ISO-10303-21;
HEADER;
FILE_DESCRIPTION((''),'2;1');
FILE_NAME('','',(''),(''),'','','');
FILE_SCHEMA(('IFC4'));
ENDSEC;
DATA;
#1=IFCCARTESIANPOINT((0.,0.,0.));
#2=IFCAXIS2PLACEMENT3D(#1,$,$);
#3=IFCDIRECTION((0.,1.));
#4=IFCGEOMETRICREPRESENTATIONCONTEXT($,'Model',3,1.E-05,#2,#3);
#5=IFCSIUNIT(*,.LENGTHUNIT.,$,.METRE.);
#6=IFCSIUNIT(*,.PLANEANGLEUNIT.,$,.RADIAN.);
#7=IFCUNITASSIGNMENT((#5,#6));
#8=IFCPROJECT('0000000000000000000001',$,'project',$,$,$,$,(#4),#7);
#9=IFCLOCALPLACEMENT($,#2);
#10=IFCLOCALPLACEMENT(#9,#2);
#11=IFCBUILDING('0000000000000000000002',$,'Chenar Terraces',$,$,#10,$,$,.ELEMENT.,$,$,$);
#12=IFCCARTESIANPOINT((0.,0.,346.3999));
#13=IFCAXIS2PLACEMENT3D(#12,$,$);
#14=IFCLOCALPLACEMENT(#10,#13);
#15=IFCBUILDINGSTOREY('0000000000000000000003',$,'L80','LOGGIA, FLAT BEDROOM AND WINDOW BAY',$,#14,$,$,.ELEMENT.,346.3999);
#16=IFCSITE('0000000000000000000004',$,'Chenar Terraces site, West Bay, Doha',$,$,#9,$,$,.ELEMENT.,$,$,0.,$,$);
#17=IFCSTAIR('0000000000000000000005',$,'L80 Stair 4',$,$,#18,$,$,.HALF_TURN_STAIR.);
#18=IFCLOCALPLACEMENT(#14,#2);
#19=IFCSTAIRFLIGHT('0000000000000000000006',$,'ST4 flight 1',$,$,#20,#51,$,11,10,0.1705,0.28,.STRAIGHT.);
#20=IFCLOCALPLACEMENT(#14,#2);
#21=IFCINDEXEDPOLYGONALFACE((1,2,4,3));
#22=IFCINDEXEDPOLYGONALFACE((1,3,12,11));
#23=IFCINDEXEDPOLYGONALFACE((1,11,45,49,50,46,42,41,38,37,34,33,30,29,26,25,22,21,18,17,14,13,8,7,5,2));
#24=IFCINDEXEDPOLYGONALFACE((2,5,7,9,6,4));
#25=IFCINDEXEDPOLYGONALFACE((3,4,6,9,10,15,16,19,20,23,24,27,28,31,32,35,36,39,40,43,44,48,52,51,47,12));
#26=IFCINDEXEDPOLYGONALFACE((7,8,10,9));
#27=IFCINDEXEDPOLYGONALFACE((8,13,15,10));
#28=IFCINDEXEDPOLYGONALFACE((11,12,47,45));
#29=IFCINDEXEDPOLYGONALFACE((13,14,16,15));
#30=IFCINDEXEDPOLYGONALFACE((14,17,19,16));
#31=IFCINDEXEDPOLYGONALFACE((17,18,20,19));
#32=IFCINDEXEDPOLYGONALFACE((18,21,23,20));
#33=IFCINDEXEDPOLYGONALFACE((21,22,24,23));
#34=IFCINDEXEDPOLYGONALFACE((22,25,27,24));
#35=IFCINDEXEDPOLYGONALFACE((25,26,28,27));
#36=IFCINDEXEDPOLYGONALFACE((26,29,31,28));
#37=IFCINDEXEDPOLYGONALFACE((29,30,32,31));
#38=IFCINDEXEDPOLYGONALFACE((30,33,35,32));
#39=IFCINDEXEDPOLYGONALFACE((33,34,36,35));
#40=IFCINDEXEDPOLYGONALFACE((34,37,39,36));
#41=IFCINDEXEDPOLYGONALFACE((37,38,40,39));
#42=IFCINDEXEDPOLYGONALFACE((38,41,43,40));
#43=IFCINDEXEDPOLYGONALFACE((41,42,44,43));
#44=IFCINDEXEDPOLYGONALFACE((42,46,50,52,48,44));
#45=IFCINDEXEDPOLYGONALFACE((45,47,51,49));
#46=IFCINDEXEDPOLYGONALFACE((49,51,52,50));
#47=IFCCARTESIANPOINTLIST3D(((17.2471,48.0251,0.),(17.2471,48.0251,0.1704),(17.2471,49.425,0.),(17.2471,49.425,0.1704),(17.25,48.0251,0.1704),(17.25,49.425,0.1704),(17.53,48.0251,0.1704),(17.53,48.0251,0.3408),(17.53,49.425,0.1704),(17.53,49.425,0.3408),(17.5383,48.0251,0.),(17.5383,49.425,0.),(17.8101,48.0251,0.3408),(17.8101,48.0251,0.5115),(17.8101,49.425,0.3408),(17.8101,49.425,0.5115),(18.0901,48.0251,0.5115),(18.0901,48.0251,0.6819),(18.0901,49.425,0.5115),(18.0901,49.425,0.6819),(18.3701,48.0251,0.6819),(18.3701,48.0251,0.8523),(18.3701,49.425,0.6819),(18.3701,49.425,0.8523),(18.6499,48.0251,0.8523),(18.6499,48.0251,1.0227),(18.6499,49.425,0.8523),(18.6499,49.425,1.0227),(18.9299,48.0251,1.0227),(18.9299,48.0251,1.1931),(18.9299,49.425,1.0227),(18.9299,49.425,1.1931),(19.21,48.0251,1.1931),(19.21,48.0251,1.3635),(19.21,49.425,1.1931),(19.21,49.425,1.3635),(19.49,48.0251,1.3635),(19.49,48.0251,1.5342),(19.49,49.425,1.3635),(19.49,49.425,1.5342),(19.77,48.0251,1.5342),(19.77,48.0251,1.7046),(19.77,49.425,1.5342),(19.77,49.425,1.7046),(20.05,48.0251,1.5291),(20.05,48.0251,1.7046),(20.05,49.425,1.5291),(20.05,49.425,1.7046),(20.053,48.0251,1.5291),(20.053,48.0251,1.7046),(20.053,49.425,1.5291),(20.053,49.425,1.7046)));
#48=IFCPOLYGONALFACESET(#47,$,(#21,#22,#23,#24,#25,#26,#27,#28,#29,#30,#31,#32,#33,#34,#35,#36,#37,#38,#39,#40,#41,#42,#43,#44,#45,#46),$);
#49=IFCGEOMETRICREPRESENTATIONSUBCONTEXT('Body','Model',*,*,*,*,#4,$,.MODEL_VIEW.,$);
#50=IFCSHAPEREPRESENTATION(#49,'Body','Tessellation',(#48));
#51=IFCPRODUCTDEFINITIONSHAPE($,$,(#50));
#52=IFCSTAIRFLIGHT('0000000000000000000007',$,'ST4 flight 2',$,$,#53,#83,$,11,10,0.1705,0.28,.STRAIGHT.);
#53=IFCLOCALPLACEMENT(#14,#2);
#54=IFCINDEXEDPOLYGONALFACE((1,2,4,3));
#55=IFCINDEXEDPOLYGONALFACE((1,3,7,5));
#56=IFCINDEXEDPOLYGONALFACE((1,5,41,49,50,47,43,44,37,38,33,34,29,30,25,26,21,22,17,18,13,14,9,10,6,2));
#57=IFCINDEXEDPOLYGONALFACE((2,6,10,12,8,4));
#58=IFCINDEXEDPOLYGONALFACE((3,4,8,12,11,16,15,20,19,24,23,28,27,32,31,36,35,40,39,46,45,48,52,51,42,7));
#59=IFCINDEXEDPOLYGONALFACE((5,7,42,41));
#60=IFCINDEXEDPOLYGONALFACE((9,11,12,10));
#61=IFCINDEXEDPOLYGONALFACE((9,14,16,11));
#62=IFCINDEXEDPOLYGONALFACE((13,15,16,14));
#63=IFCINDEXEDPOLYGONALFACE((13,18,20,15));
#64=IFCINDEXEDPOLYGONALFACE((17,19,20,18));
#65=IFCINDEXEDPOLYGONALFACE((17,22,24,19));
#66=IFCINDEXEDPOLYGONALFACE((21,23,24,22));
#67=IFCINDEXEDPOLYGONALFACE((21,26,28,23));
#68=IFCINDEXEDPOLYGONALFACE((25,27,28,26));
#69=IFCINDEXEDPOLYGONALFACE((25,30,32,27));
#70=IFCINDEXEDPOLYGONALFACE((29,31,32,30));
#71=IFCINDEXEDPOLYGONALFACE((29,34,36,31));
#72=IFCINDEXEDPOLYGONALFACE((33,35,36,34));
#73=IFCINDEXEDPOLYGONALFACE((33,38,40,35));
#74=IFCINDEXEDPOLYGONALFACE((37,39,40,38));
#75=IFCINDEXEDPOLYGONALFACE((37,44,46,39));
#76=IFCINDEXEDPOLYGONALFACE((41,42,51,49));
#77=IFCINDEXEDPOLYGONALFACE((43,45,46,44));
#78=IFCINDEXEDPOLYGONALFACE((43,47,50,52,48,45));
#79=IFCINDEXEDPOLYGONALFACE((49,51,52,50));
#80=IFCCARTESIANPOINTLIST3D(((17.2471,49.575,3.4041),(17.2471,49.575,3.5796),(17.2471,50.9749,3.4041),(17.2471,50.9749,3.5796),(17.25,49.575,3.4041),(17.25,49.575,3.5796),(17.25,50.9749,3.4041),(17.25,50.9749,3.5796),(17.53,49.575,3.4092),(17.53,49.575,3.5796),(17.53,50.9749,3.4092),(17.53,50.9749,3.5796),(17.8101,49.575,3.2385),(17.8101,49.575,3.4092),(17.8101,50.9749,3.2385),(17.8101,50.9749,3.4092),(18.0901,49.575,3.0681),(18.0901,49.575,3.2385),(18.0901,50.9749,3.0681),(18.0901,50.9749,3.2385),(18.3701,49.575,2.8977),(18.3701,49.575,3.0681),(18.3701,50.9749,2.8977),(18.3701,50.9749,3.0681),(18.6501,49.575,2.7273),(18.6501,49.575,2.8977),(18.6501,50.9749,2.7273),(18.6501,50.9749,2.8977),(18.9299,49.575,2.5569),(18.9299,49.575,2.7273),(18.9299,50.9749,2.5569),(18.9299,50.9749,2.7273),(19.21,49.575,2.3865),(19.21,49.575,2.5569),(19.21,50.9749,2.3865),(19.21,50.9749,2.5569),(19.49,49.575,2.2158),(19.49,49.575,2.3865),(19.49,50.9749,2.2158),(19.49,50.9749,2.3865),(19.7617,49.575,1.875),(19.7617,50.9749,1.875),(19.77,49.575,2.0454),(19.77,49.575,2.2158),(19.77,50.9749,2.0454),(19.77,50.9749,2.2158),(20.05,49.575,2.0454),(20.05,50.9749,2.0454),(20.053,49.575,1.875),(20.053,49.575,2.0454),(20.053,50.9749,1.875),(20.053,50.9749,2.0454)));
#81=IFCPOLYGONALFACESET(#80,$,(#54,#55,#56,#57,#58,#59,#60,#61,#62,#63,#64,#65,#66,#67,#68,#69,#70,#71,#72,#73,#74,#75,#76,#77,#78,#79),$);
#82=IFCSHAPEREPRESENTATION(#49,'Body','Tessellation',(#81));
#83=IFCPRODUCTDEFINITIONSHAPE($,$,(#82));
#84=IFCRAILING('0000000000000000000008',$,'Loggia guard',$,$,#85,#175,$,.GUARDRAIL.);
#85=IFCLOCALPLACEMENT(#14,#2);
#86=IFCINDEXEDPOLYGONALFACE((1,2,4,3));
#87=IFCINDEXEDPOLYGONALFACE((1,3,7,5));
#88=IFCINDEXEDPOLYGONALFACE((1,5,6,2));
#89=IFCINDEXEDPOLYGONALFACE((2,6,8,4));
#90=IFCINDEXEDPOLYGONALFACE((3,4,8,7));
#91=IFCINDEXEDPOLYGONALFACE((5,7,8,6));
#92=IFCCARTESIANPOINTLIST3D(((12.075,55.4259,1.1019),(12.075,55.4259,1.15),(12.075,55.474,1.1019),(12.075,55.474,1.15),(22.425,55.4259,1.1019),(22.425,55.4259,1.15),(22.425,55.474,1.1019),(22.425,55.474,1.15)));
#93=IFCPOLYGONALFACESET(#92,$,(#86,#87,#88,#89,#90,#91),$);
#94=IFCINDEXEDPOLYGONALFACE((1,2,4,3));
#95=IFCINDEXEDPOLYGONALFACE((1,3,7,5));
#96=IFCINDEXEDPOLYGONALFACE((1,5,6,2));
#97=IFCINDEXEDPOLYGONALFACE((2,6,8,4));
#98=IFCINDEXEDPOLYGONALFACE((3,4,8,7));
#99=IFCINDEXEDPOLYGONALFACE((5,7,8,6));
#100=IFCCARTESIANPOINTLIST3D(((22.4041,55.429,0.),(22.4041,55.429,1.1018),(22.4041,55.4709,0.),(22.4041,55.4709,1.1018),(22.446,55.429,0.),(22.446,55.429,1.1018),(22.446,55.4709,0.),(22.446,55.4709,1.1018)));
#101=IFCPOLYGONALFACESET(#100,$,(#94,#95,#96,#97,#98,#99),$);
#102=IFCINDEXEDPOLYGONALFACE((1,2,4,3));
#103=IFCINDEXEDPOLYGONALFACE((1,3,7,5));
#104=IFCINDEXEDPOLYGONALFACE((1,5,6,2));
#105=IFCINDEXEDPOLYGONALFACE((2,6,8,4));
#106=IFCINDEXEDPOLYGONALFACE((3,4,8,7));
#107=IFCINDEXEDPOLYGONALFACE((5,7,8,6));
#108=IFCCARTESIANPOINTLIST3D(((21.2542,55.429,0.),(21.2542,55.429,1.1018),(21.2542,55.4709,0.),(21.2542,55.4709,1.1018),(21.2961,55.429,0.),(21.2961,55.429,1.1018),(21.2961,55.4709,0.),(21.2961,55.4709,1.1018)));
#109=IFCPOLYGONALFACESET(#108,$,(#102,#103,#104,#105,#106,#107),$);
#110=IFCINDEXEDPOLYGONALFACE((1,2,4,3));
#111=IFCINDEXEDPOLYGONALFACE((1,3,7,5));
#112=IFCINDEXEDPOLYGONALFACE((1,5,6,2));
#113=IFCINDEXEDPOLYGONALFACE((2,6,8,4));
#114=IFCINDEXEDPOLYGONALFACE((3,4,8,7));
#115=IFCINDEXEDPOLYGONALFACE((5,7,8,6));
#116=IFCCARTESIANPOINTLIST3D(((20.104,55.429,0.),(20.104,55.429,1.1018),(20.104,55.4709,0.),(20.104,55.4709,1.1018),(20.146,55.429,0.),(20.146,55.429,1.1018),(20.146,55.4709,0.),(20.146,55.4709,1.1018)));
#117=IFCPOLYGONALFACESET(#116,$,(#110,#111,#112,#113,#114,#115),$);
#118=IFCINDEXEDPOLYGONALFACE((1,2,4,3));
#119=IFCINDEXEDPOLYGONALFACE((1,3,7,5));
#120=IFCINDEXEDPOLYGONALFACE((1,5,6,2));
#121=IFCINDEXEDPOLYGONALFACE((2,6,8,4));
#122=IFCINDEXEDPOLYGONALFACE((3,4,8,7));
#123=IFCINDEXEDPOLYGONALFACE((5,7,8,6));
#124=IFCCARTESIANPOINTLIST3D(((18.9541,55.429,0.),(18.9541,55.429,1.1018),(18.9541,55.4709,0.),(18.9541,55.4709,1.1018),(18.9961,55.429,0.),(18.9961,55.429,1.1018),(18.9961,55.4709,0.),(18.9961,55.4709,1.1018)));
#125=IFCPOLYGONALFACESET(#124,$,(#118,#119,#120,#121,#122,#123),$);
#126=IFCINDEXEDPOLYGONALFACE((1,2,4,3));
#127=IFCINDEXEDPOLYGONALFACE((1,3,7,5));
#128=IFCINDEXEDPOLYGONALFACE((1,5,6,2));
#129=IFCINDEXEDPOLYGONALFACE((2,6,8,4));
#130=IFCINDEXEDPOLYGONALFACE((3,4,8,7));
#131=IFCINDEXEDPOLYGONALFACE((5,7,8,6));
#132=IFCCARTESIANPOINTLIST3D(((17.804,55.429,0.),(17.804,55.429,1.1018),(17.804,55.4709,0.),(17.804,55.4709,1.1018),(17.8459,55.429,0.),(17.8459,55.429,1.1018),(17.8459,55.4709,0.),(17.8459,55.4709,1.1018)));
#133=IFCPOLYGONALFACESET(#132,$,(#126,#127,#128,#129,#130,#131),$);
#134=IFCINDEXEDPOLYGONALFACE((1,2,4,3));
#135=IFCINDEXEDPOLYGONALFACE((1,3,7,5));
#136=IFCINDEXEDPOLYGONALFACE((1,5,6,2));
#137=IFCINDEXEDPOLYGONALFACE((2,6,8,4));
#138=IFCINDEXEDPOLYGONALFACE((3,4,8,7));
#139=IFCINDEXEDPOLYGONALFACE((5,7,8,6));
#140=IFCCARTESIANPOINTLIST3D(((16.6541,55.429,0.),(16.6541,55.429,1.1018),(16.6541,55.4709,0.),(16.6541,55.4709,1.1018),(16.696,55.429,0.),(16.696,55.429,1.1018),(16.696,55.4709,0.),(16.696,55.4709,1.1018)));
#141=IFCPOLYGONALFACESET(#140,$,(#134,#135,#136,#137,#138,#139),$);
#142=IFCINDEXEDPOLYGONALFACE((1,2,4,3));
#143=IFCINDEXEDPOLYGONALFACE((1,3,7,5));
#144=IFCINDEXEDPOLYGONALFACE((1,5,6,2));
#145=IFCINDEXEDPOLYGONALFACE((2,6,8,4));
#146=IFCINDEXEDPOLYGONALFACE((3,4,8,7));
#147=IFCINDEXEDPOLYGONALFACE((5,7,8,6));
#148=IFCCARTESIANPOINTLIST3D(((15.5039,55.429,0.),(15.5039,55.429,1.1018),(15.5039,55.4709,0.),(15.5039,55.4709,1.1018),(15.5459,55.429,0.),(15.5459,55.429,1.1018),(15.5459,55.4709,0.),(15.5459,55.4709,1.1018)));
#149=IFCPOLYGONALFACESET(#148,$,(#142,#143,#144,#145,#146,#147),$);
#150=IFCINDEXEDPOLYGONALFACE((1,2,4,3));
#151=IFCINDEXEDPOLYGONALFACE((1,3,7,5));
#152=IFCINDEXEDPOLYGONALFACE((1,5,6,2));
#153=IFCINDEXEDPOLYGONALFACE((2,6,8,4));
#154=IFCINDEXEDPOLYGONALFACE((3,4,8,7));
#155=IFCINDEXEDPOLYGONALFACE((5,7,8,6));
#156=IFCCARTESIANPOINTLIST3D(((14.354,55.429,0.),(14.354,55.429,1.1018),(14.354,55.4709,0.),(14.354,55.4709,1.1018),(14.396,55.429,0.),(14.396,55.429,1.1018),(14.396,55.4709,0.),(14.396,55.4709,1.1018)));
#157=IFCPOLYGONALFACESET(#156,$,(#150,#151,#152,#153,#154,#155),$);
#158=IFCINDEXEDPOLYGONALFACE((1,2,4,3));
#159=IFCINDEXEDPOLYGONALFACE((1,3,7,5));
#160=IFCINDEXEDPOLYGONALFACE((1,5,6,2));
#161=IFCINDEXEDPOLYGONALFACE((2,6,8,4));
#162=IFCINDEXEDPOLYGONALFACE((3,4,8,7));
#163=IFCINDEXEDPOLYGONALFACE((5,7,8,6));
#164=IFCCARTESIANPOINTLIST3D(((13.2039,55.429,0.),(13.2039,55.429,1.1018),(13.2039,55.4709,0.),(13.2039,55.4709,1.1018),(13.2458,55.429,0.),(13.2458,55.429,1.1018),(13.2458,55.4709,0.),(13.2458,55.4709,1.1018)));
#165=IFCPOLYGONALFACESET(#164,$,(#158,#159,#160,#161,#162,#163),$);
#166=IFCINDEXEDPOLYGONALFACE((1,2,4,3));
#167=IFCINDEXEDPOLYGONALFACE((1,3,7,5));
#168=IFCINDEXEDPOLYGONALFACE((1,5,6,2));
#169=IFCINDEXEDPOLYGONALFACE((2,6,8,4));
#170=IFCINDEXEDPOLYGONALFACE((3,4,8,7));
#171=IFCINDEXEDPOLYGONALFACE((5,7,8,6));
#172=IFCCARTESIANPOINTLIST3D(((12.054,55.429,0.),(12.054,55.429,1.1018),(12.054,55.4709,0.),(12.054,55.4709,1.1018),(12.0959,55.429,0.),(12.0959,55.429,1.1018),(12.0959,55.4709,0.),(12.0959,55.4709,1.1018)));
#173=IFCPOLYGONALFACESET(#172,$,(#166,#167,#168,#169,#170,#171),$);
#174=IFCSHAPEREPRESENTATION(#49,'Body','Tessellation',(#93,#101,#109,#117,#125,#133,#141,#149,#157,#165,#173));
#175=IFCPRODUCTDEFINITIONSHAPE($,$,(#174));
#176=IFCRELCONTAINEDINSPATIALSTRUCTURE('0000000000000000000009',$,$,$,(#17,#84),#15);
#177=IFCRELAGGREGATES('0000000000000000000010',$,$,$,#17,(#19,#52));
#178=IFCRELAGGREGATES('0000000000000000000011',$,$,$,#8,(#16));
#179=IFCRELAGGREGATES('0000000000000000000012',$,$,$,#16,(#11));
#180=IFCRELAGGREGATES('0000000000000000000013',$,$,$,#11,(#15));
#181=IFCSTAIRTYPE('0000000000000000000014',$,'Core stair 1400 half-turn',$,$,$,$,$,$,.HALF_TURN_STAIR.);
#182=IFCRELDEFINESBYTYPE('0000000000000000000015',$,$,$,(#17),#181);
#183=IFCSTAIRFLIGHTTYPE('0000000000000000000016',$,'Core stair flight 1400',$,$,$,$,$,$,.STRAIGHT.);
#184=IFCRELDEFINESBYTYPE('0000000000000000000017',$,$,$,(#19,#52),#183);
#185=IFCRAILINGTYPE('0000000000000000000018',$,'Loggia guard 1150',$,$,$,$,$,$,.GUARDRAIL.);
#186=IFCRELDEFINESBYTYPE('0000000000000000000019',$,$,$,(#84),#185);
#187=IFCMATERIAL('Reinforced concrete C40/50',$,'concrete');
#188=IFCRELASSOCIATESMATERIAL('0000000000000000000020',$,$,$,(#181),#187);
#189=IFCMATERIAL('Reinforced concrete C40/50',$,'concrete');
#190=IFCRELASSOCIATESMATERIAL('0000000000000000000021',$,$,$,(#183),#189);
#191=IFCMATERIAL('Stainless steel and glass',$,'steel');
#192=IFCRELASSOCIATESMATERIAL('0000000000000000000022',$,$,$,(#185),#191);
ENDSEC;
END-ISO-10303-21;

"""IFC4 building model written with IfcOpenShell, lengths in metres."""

from ifc_helpers import new_model, si_unit, direction, frame, origin, origin_2d, place, context, subcontext, project, spatial, polyline, rectangle, outline, extrude, material, type_object, element, aggregate, save


model = new_model("IFC4")

# Units and contexts
model_context = context("Model", 3, precision=1e-05, world=origin(), true_north=direction((0.0, 1.0)))
body_context = subcontext(model_context, "Body", "Model", "MODEL_VIEW")
ifc_project = project(units=[si_unit("LENGTHUNIT", "METRE"), si_unit("PLANEANGLEUNIT", "RADIAN")], contexts=[model_context])

# Site, building, storey
site_placement = place(None, origin())
site = spatial("IfcSite", under=ifc_project, at=site_placement, Name="Chenar Terraces site, West Bay, Doha", CompositionType="ELEMENT", RefElevation=0.0)
building_placement = place(site_placement, origin())
building = spatial("IfcBuilding", under=site, at=building_placement, Name="Chenar Terraces", CompositionType="ELEMENT")
storey_placement = place(building_placement, frame((0.0, 0.0, 346.3999)))
storey = spatial("IfcBuildingStorey", under=building, at=storey_placement, Name="L80", Description="LOGGIA, FLAT BEDROOM AND WINDOW BAY", CompositionType="ELEMENT", Elevation=346.3999)

# Stair, stair flights
ifc_material_1 = material(Name="Reinforced concrete C40/50", Category="concrete")
stair_type = type_object("IfcStairType", Name="Core stair 1400 half-turn", PredefinedType="HALF_TURN_STAIR", material=ifc_material_1)
stair_placement = place(storey_placement, origin())
stair = element("IfcStair", 1, at=stair_placement, inside=storey, type_object=stair_type, Name="L80 Stair 4", PredefinedType="HALF_TURN_STAIR")
ifc_material_2 = material(Name="Reinforced concrete C40/50", Category="concrete")
stair_flight_type = type_object("IfcStairFlightType", Name="Core stair flight 1400", PredefinedType="STRAIGHT", material=ifc_material_2)
stair_flight_1_placement = place(storey_placement, frame((17.25, 48.7251, 0.0), z_axis=(0.0, 0.0, 1.0), x_axis=(1.0, 0.0, 0.0)))
stair_flight_1 = element("IfcStairFlight", 2, at=stair_flight_1_placement, type_object=stair_flight_type, Name="ST4 flight 1", NumberOfRisers=11, NumberOfTreads=10, PredefinedType="STRAIGHT", RiserHeight=0.1705, TreadLength=0.28, context=body_context, shape_type="SweptSolid", body=[
    extrude(outline(polyline([(-0.0029, 0.0), (-0.0029, 0.1704), (0.0, 0.1704), (0.28, 0.1704), (0.28, 0.3408), (0.5601, 0.3408), (0.5601, 0.5115), (0.8401, 0.5115), (0.8401, 0.6819), (1.1201, 0.6819), (1.1201, 0.8523), (1.3999, 0.8523), (1.3999, 1.0227), (1.6799, 1.0227), (1.6799, 1.1931), (1.96, 1.1931), (1.96, 1.3635), (2.24, 1.3635), (2.24, 1.5342), (2.52, 1.5342), (2.52, 1.7046), (2.8, 1.7046), (2.803, 1.7046), (2.803, 1.5291), (2.8, 1.5291), (0.2883, 0.0), (-0.0029, 0.0)])), frame((0.0, 0.7, 0.0), z_axis=(0.0, -1.0, 0.0), x_axis=(1.0, 0.0, 0.0)), (0.0, 0.0, 1.0), 1.3999),
])
stair_flight_2_placement = place(storey_placement, frame((20.05, 50.2749, 1.875), z_axis=(0.0, 0.0, 1.0), x_axis=(-1.0, 0.0, 0.0)))
stair_flight_2 = element("IfcStairFlight", 3, at=stair_flight_2_placement, type_object=stair_flight_type, Name="ST4 flight 2", NumberOfRisers=11, NumberOfTreads=10, PredefinedType="STRAIGHT", RiserHeight=0.1705, TreadLength=0.28, context=body_context, shape_type="SweptSolid", body=[
    extrude(outline(polyline([(-0.0029, 0.0), (-0.0029, 0.1704), (0.0, 0.1704), (0.28, 0.1704), (0.28, 0.3408), (0.5601, 0.3408), (0.5601, 0.5115), (0.8401, 0.5115), (0.8401, 0.6819), (1.1201, 0.6819), (1.1201, 0.8523), (1.3999, 0.8523), (1.3999, 1.0227), (1.6799, 1.0227), (1.6799, 1.1931), (1.96, 1.1931), (1.96, 1.3635), (2.24, 1.3635), (2.24, 1.5342), (2.52, 1.5342), (2.52, 1.7046), (2.8, 1.7046), (2.803, 1.7046), (2.803, 1.5291), (2.8, 1.5291), (0.2883, 0.0), (-0.0029, 0.0)])), frame((0.0, 0.7, 0.0), z_axis=(0.0, -1.0, 0.0), x_axis=(1.0, 0.0, 0.0)), (0.0, 0.0, 1.0), 1.3999),
])
aggregate(stair, [stair_flight_1, stair_flight_2])

# Railing
ifc_material_3 = material(Name="Stainless steel and glass", Category="steel")
railing_type_1 = type_object("IfcRailingType", Name="Loggia guard 1150", PredefinedType="GUARDRAIL", material=ifc_material_3)
railing_1_placement = place(storey_placement, frame((22.425, 55.45, 0.0)))
element("IfcRailing", 4, at=railing_1_placement, inside=storey, type_object=railing_type_1, Name="Loggia guard", PredefinedType="GUARDRAIL", context=body_context, shape_type="SweptSolid", body=[
    extrude(rectangle(XDim=0.0481, YDim=0.0481, at=origin_2d()), frame((0.0, 0.0, 1.126), z_axis=(-1.0, 0.0, 0.0), x_axis=(0.0, -1.0, 0.0)), (0.0, 0.0, 1.0), 10.3501),
    extrude(rectangle(XDim=0.042, YDim=0.042, at=origin_2d()), origin(), (0.0, 0.0, 1.0), 1.1018),
    extrude(rectangle(XDim=0.042, YDim=0.042, at=origin_2d()), frame((-1.1499, 0.0, 0.0)), (0.0, 0.0, 1.0), 1.1018),
    extrude(rectangle(XDim=0.042, YDim=0.042, at=origin_2d()), frame((-2.3, 0.0, 0.0)), (0.0, 0.0, 1.0), 1.1018),
    extrude(rectangle(XDim=0.042, YDim=0.042, at=origin_2d()), frame((-3.45, 0.0, 0.0)), (0.0, 0.0, 1.0), 1.1018),
    extrude(rectangle(XDim=0.042, YDim=0.042, at=origin_2d()), frame((-4.6001, 0.0, 0.0)), (0.0, 0.0, 1.0), 1.1018),
    extrude(rectangle(XDim=0.042, YDim=0.042, at=origin_2d()), frame((-5.75, 0.0, 0.0)), (0.0, 0.0, 1.0), 1.1018),
    extrude(rectangle(XDim=0.042, YDim=0.042, at=origin_2d()), frame((-6.9001, 0.0, 0.0)), (0.0, 0.0, 1.0), 1.1018),
    extrude(rectangle(XDim=0.042, YDim=0.042, at=origin_2d()), frame((-8.05, 0.0, 0.0)), (0.0, 0.0, 1.0), 1.1018),
    extrude(rectangle(XDim=0.042, YDim=0.042, at=origin_2d()), frame((-9.2002, 0.0, 0.0)), (0.0, 0.0, 1.0), 1.1018),
    extrude(rectangle(XDim=0.042, YDim=0.042, at=origin_2d()), frame((-10.3501, 0.0, 0.0)), (0.0, 0.0, 1.0), 1.1018),
])

save(model, "model.ifc")
